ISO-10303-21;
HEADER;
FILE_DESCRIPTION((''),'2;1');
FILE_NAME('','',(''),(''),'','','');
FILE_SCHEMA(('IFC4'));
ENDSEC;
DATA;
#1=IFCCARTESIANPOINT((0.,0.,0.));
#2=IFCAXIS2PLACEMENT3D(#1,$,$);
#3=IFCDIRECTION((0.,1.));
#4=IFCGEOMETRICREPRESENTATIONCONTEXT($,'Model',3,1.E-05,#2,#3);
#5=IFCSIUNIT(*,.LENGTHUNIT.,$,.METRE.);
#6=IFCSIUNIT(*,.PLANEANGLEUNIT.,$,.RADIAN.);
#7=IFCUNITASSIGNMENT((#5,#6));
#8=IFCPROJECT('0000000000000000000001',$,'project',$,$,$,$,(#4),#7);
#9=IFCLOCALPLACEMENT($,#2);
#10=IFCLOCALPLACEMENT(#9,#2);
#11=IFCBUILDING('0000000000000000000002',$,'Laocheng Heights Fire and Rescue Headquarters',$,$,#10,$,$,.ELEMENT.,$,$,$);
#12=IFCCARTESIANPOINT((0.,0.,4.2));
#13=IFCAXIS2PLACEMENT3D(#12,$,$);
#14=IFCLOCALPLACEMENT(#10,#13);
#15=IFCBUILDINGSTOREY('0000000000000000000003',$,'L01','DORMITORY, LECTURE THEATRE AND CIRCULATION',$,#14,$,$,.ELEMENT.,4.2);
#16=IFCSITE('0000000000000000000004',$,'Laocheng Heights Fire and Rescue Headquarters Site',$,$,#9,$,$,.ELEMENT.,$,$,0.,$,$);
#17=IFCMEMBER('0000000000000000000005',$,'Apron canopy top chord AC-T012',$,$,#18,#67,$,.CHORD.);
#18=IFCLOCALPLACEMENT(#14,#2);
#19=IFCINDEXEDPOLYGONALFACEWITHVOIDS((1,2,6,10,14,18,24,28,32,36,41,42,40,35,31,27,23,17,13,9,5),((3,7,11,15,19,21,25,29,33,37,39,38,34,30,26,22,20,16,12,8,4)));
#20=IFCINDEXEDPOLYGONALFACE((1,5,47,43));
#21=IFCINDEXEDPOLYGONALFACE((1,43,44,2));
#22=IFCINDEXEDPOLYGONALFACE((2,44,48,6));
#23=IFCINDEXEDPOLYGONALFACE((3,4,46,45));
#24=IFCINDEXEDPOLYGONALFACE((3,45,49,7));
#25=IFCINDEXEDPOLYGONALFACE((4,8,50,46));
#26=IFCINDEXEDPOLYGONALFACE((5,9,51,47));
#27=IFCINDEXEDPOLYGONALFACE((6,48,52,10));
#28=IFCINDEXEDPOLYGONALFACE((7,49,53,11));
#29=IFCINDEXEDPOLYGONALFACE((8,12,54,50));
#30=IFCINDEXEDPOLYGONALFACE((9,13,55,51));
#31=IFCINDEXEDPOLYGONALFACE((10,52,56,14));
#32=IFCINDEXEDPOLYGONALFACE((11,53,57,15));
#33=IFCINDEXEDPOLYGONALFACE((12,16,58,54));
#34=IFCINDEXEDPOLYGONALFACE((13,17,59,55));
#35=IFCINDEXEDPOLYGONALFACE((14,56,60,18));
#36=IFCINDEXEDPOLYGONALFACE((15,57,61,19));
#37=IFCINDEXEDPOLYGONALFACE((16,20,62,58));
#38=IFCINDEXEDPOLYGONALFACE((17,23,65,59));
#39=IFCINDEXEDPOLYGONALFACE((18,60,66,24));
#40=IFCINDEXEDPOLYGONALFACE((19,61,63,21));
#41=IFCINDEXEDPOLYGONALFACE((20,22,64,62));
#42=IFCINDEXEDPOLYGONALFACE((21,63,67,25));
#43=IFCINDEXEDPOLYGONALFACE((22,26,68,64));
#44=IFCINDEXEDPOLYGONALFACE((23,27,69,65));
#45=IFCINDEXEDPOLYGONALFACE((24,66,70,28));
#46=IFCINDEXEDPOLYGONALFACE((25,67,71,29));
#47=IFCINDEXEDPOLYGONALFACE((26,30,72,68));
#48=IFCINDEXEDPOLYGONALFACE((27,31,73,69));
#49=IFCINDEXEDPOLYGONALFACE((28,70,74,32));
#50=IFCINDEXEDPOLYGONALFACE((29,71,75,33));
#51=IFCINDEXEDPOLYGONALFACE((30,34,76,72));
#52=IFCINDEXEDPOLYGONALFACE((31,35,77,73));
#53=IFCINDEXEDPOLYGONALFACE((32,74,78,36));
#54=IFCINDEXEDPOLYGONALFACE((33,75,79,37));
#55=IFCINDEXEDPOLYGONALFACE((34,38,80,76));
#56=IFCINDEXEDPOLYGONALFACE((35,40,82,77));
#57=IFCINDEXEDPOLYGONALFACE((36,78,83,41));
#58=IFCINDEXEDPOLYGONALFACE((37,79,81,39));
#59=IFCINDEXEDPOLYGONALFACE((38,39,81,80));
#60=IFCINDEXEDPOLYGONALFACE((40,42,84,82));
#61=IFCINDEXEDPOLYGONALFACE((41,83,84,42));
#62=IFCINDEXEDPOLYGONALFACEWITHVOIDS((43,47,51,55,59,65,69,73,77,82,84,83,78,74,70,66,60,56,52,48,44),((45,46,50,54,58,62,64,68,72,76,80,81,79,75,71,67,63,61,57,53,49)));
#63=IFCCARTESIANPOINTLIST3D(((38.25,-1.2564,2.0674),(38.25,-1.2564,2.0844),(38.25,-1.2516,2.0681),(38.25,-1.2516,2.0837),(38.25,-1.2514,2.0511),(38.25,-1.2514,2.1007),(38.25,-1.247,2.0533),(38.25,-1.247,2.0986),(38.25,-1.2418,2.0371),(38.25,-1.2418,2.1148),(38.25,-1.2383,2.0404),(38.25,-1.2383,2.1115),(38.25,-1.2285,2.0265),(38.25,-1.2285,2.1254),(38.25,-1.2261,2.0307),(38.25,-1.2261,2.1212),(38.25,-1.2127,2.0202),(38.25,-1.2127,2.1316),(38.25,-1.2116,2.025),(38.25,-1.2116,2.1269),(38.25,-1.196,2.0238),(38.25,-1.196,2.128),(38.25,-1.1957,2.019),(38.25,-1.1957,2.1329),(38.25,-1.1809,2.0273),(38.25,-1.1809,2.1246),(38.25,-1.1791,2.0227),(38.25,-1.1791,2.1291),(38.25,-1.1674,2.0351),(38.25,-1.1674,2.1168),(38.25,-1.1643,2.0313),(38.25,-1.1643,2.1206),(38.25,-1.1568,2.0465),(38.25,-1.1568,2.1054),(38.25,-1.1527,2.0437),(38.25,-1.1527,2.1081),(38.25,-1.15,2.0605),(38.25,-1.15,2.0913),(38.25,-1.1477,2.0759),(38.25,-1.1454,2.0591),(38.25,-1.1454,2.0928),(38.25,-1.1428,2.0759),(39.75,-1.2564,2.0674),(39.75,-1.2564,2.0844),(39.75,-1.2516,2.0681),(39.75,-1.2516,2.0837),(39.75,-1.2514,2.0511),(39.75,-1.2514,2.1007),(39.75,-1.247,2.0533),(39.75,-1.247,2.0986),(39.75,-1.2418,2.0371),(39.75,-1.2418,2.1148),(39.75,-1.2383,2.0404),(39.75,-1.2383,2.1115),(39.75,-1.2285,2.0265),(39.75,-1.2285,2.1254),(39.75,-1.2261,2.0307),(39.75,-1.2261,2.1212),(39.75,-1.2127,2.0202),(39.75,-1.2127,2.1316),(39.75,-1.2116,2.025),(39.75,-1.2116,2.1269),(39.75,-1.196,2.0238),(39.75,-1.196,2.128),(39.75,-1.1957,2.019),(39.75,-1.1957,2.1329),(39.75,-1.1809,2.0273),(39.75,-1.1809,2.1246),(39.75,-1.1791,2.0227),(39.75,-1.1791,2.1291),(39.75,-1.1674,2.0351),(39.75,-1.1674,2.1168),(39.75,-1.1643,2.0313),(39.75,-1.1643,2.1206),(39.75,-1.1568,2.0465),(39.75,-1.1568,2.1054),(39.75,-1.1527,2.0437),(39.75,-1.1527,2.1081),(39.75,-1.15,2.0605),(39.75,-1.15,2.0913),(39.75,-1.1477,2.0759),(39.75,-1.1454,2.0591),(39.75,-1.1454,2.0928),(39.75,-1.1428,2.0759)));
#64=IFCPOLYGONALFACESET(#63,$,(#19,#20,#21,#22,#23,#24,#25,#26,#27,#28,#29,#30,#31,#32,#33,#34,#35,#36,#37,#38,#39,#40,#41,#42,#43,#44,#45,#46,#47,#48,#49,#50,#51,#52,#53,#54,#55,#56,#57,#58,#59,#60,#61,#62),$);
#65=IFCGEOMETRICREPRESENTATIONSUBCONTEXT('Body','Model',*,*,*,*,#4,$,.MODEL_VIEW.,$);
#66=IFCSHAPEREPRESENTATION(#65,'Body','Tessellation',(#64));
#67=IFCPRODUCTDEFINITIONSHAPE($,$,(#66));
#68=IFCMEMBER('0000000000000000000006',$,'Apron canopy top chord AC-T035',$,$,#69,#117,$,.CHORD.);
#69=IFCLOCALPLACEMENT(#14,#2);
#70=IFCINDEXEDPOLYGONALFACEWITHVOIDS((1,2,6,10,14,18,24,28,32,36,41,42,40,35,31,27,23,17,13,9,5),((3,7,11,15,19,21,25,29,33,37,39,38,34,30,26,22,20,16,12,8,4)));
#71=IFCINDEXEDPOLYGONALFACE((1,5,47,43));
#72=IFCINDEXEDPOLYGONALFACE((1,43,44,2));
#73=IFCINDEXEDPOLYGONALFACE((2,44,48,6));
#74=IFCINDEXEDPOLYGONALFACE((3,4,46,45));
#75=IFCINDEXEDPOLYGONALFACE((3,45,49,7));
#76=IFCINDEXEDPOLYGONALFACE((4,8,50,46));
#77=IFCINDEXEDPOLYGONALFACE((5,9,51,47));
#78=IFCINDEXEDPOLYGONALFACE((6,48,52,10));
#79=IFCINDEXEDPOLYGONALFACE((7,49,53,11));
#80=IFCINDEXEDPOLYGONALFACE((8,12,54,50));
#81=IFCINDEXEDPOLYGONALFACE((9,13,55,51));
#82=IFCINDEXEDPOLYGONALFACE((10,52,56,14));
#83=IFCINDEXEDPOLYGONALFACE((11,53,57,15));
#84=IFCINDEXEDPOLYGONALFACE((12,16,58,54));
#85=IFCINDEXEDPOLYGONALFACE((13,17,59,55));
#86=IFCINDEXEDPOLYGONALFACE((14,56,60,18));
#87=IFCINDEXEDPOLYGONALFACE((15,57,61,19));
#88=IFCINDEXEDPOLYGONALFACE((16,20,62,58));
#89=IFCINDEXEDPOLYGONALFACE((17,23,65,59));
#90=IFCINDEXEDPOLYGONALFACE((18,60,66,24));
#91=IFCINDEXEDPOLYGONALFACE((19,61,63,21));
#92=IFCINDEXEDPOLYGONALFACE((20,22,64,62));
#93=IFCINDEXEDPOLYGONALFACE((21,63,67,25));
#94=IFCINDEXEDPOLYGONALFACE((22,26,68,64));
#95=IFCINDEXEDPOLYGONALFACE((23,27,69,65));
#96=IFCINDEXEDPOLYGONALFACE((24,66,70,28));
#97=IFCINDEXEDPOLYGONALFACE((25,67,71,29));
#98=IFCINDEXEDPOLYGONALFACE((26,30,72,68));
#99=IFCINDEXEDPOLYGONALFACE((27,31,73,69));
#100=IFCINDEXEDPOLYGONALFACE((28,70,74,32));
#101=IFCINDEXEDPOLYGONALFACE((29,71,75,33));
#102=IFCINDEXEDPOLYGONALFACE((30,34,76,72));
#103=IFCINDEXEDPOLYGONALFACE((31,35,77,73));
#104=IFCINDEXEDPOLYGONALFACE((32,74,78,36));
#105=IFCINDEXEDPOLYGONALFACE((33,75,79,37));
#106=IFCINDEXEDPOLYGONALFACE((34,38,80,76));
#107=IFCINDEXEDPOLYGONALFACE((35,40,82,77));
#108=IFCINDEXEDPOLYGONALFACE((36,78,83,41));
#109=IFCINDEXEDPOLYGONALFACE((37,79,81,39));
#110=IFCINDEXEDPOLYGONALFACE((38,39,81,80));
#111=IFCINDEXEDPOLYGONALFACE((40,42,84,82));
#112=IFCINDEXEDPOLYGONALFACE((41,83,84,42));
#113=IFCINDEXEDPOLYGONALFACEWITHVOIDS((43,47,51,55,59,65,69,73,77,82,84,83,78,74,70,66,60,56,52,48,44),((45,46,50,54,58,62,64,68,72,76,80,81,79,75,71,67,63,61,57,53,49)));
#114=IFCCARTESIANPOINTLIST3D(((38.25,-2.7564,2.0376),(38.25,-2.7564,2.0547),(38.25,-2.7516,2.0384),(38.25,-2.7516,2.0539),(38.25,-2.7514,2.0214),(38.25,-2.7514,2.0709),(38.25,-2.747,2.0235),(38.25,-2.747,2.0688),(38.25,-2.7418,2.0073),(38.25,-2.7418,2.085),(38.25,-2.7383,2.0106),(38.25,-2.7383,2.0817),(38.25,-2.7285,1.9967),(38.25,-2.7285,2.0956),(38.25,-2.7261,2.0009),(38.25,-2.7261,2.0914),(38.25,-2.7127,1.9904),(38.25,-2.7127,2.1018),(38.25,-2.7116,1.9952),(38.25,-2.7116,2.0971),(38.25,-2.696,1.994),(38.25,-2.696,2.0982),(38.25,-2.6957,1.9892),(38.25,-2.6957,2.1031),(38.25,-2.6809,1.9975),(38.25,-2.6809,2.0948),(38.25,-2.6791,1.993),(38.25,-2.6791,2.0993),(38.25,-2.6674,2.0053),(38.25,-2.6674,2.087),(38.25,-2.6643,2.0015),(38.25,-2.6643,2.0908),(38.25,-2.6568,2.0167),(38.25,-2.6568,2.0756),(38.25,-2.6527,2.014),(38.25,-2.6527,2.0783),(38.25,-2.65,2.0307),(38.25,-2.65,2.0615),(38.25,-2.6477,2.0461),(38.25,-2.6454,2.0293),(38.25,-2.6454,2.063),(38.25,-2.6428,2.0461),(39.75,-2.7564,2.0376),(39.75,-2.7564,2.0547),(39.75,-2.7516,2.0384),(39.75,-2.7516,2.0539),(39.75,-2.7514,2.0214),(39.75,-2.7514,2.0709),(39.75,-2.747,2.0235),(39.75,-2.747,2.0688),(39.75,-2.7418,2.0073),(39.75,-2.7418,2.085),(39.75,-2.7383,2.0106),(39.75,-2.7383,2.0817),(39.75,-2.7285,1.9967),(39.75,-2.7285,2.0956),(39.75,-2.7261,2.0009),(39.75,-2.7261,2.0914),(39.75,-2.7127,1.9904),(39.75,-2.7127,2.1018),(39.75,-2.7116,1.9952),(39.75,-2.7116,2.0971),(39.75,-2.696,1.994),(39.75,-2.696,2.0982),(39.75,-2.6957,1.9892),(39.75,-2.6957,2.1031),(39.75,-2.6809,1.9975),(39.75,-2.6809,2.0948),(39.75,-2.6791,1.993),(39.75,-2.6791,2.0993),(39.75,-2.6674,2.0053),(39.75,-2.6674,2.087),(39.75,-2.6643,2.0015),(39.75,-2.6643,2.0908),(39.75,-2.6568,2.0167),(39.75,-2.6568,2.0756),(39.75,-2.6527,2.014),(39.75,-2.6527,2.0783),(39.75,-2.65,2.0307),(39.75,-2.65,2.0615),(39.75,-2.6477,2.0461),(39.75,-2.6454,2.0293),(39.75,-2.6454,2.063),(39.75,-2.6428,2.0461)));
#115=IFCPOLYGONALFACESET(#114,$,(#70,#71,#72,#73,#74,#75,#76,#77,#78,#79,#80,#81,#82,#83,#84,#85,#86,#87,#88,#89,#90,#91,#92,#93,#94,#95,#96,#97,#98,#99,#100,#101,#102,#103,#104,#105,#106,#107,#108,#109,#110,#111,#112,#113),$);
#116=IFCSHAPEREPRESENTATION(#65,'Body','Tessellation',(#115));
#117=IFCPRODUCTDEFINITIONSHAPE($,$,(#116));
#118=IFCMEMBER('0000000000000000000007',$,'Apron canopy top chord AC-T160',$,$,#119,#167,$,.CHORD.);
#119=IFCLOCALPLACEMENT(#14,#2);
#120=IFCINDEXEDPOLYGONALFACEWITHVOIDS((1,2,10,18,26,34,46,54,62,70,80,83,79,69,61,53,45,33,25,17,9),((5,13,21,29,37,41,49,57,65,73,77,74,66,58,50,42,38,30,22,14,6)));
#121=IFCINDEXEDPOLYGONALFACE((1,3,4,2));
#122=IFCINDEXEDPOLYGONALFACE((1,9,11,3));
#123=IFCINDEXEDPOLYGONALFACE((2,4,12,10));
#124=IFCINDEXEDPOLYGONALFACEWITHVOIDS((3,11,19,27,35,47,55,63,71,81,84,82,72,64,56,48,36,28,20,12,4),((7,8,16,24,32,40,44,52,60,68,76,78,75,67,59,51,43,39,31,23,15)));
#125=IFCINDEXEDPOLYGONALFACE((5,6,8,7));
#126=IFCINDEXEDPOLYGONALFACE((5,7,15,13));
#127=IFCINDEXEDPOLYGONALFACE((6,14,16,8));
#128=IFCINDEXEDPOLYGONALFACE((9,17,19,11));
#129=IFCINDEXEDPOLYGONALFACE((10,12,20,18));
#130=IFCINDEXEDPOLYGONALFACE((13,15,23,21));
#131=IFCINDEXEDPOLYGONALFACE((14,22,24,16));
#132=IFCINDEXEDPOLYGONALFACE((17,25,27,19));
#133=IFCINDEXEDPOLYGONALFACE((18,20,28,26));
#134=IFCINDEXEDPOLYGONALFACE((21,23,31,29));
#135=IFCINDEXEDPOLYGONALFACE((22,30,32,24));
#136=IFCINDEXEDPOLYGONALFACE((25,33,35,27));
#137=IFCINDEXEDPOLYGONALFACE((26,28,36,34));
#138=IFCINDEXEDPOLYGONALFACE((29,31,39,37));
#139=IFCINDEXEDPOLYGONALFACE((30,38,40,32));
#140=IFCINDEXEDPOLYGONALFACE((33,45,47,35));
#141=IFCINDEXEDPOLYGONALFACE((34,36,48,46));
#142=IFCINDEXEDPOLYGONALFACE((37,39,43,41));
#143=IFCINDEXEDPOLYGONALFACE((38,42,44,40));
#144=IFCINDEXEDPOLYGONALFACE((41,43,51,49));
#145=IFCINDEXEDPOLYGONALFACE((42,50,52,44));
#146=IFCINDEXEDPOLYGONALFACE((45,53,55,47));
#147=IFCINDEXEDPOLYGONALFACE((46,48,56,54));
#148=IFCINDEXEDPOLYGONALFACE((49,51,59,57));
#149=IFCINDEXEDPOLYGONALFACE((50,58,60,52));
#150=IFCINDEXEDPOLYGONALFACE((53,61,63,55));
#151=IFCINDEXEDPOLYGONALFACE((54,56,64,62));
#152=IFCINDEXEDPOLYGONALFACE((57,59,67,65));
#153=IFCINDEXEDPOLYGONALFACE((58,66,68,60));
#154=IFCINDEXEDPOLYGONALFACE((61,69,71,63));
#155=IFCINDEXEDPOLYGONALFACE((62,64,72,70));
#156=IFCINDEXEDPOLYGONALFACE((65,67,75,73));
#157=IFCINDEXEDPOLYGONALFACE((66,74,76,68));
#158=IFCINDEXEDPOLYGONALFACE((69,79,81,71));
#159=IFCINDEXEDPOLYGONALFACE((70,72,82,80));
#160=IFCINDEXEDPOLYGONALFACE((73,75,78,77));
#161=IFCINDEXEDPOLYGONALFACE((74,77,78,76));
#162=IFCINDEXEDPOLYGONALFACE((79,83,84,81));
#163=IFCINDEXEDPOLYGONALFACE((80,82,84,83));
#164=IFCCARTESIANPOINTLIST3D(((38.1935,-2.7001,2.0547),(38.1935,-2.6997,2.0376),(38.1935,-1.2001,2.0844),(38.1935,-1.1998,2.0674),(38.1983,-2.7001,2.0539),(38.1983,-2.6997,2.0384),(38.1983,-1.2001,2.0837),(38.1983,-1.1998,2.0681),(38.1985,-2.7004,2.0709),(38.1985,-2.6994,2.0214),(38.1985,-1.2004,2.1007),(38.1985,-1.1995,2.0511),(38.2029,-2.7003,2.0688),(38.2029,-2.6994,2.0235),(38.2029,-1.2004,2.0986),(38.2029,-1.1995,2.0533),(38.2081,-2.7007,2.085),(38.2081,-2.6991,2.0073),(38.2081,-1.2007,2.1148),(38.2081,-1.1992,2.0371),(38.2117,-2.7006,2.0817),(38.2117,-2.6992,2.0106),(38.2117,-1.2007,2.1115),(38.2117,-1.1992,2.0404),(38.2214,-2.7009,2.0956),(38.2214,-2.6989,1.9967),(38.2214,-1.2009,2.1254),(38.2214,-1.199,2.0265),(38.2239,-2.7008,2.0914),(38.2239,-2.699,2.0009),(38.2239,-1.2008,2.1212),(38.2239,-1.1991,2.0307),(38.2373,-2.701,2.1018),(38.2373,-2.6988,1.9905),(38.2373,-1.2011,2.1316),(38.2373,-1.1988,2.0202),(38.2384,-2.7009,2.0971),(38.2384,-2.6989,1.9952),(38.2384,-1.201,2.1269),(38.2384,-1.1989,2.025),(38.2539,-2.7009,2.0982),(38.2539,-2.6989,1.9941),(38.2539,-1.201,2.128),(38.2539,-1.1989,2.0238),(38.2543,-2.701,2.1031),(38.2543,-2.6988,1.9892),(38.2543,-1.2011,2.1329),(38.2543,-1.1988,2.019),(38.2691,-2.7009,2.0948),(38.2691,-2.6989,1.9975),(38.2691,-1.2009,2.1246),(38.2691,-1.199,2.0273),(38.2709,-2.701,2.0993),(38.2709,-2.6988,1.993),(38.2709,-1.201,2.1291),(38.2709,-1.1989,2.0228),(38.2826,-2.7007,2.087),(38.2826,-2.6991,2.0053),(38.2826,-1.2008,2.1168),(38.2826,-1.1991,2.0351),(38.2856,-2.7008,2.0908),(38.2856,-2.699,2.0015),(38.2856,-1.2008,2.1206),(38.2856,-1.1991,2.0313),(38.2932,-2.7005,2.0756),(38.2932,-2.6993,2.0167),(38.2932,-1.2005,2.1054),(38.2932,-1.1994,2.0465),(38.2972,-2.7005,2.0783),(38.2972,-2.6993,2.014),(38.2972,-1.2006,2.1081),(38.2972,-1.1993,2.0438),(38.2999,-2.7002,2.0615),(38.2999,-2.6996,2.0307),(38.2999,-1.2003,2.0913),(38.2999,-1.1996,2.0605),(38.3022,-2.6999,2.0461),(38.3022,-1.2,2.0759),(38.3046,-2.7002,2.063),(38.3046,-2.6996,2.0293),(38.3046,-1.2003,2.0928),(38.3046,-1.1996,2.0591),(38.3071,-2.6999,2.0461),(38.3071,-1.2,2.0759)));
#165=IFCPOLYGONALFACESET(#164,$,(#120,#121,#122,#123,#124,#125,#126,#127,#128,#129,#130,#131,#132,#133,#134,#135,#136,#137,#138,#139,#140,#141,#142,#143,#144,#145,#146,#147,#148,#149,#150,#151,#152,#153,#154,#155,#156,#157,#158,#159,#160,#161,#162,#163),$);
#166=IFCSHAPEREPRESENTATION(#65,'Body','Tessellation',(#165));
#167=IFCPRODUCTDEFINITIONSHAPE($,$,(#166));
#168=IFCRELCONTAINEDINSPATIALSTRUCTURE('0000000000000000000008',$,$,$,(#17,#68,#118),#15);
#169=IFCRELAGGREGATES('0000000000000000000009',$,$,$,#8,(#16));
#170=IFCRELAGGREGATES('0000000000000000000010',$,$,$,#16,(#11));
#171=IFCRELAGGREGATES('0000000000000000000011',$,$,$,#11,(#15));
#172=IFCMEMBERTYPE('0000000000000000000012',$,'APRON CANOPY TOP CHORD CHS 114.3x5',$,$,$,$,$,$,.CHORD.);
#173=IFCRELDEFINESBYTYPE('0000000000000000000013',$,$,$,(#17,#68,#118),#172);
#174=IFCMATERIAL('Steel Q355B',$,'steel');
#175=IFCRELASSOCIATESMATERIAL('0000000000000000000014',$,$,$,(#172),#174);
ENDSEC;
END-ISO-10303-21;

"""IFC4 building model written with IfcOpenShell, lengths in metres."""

from ifc_helpers import new_model, si_unit, direction, frame, origin, origin_2d, place, context, subcontext, project, spatial, hollow_circle, extrude, material, material_profile, profile_set, type_object, element, save


model = new_model("IFC4")

# Units and contexts
model_context = context("Model", 3, precision=1e-05, world=origin(), true_north=direction((0.0, 1.0)))
body_context = subcontext(model_context, "Body", "Model", "MODEL_VIEW")
ifc_project = project(units=[si_unit("LENGTHUNIT", "METRE"), si_unit("PLANEANGLEUNIT", "RADIAN")], contexts=[model_context])

# Site, building, storey
site_placement = place(None, origin())
site = spatial("IfcSite", under=ifc_project, at=site_placement, Name="Laocheng Heights Fire and Rescue Headquarters Site", CompositionType="ELEMENT", RefElevation=0.0)
building_placement = place(site_placement, origin())
building = spatial("IfcBuilding", under=site, at=building_placement, Name="Laocheng Heights Fire and Rescue Headquarters", CompositionType="ELEMENT")
storey_placement = place(building_placement, frame((0.0, 0.0, 4.2)))
storey = spatial("IfcBuildingStorey", under=building, at=storey_placement, Name="L01", Description="DORMITORY, LECTURE THEATRE AND CIRCULATION", CompositionType="ELEMENT", Elevation=4.2)

# Members
ifc_material_1 = material(Name="Steel Q355B", Category="steel")
ifc_material_profile_1 = material_profile(ifc_material_1, hollow_circle(Radius=0.0571, WallThickness=0.0049, at=origin_2d()), Name="CHS 114.3x5")
ifc_profile_set_1 = profile_set([ifc_material_profile_1], Name="Steel Q355B")
member_type_1 = type_object("IfcMemberType", Name="APRON CANOPY TOP CHORD CHS 114.3x5", PredefinedType="CHORD", material=ifc_profile_set_1)
for number, where, z_axis, x_axis, name in (
    (1, (38.25, -1.2, 2.0759), (1.0, 0.0, 0.0), (0.0, 1.0, 0.0), "Apron canopy top chord AC-T012"),
    (2, (38.25, -2.7, 2.0461), (1.0, 0.0, 0.0), (0.0, 1.0, 0.0), "Apron canopy top chord AC-T035"),
):
    element("IfcMember", number, at=place(storey_placement, frame(where, z_axis=z_axis, x_axis=x_axis)), inside=storey, type_object=member_type_1, Name=name, PredefinedType="CHORD", context=body_context, shape_type="SweptSolid", body=[
        extrude(hollow_circle(Radius=0.0571, WallThickness=0.0049, at=origin_2d()), origin(), (0.0, 0.0, 1.0), 1.5),
    ])
for number, where, z_axis, x_axis, name in (
    (3, (38.25, -1.2, 2.0759), (0.0, -0.999803, -0.019853), (1.0, 0.0, 0.0), "Apron canopy top chord AC-T160"),
):
    element("IfcMember", number, at=place(storey_placement, frame(where, z_axis=z_axis, x_axis=x_axis)), inside=storey, type_object=member_type_1, Name=name, PredefinedType="CHORD", context=body_context, shape_type="SweptSolid", body=[
        extrude(hollow_circle(Radius=0.0571, WallThickness=0.0049, at=origin_2d()), origin(), (0.0, 0.0, 1.0), 1.5002),
    ])

save(model, "model.ifc")
